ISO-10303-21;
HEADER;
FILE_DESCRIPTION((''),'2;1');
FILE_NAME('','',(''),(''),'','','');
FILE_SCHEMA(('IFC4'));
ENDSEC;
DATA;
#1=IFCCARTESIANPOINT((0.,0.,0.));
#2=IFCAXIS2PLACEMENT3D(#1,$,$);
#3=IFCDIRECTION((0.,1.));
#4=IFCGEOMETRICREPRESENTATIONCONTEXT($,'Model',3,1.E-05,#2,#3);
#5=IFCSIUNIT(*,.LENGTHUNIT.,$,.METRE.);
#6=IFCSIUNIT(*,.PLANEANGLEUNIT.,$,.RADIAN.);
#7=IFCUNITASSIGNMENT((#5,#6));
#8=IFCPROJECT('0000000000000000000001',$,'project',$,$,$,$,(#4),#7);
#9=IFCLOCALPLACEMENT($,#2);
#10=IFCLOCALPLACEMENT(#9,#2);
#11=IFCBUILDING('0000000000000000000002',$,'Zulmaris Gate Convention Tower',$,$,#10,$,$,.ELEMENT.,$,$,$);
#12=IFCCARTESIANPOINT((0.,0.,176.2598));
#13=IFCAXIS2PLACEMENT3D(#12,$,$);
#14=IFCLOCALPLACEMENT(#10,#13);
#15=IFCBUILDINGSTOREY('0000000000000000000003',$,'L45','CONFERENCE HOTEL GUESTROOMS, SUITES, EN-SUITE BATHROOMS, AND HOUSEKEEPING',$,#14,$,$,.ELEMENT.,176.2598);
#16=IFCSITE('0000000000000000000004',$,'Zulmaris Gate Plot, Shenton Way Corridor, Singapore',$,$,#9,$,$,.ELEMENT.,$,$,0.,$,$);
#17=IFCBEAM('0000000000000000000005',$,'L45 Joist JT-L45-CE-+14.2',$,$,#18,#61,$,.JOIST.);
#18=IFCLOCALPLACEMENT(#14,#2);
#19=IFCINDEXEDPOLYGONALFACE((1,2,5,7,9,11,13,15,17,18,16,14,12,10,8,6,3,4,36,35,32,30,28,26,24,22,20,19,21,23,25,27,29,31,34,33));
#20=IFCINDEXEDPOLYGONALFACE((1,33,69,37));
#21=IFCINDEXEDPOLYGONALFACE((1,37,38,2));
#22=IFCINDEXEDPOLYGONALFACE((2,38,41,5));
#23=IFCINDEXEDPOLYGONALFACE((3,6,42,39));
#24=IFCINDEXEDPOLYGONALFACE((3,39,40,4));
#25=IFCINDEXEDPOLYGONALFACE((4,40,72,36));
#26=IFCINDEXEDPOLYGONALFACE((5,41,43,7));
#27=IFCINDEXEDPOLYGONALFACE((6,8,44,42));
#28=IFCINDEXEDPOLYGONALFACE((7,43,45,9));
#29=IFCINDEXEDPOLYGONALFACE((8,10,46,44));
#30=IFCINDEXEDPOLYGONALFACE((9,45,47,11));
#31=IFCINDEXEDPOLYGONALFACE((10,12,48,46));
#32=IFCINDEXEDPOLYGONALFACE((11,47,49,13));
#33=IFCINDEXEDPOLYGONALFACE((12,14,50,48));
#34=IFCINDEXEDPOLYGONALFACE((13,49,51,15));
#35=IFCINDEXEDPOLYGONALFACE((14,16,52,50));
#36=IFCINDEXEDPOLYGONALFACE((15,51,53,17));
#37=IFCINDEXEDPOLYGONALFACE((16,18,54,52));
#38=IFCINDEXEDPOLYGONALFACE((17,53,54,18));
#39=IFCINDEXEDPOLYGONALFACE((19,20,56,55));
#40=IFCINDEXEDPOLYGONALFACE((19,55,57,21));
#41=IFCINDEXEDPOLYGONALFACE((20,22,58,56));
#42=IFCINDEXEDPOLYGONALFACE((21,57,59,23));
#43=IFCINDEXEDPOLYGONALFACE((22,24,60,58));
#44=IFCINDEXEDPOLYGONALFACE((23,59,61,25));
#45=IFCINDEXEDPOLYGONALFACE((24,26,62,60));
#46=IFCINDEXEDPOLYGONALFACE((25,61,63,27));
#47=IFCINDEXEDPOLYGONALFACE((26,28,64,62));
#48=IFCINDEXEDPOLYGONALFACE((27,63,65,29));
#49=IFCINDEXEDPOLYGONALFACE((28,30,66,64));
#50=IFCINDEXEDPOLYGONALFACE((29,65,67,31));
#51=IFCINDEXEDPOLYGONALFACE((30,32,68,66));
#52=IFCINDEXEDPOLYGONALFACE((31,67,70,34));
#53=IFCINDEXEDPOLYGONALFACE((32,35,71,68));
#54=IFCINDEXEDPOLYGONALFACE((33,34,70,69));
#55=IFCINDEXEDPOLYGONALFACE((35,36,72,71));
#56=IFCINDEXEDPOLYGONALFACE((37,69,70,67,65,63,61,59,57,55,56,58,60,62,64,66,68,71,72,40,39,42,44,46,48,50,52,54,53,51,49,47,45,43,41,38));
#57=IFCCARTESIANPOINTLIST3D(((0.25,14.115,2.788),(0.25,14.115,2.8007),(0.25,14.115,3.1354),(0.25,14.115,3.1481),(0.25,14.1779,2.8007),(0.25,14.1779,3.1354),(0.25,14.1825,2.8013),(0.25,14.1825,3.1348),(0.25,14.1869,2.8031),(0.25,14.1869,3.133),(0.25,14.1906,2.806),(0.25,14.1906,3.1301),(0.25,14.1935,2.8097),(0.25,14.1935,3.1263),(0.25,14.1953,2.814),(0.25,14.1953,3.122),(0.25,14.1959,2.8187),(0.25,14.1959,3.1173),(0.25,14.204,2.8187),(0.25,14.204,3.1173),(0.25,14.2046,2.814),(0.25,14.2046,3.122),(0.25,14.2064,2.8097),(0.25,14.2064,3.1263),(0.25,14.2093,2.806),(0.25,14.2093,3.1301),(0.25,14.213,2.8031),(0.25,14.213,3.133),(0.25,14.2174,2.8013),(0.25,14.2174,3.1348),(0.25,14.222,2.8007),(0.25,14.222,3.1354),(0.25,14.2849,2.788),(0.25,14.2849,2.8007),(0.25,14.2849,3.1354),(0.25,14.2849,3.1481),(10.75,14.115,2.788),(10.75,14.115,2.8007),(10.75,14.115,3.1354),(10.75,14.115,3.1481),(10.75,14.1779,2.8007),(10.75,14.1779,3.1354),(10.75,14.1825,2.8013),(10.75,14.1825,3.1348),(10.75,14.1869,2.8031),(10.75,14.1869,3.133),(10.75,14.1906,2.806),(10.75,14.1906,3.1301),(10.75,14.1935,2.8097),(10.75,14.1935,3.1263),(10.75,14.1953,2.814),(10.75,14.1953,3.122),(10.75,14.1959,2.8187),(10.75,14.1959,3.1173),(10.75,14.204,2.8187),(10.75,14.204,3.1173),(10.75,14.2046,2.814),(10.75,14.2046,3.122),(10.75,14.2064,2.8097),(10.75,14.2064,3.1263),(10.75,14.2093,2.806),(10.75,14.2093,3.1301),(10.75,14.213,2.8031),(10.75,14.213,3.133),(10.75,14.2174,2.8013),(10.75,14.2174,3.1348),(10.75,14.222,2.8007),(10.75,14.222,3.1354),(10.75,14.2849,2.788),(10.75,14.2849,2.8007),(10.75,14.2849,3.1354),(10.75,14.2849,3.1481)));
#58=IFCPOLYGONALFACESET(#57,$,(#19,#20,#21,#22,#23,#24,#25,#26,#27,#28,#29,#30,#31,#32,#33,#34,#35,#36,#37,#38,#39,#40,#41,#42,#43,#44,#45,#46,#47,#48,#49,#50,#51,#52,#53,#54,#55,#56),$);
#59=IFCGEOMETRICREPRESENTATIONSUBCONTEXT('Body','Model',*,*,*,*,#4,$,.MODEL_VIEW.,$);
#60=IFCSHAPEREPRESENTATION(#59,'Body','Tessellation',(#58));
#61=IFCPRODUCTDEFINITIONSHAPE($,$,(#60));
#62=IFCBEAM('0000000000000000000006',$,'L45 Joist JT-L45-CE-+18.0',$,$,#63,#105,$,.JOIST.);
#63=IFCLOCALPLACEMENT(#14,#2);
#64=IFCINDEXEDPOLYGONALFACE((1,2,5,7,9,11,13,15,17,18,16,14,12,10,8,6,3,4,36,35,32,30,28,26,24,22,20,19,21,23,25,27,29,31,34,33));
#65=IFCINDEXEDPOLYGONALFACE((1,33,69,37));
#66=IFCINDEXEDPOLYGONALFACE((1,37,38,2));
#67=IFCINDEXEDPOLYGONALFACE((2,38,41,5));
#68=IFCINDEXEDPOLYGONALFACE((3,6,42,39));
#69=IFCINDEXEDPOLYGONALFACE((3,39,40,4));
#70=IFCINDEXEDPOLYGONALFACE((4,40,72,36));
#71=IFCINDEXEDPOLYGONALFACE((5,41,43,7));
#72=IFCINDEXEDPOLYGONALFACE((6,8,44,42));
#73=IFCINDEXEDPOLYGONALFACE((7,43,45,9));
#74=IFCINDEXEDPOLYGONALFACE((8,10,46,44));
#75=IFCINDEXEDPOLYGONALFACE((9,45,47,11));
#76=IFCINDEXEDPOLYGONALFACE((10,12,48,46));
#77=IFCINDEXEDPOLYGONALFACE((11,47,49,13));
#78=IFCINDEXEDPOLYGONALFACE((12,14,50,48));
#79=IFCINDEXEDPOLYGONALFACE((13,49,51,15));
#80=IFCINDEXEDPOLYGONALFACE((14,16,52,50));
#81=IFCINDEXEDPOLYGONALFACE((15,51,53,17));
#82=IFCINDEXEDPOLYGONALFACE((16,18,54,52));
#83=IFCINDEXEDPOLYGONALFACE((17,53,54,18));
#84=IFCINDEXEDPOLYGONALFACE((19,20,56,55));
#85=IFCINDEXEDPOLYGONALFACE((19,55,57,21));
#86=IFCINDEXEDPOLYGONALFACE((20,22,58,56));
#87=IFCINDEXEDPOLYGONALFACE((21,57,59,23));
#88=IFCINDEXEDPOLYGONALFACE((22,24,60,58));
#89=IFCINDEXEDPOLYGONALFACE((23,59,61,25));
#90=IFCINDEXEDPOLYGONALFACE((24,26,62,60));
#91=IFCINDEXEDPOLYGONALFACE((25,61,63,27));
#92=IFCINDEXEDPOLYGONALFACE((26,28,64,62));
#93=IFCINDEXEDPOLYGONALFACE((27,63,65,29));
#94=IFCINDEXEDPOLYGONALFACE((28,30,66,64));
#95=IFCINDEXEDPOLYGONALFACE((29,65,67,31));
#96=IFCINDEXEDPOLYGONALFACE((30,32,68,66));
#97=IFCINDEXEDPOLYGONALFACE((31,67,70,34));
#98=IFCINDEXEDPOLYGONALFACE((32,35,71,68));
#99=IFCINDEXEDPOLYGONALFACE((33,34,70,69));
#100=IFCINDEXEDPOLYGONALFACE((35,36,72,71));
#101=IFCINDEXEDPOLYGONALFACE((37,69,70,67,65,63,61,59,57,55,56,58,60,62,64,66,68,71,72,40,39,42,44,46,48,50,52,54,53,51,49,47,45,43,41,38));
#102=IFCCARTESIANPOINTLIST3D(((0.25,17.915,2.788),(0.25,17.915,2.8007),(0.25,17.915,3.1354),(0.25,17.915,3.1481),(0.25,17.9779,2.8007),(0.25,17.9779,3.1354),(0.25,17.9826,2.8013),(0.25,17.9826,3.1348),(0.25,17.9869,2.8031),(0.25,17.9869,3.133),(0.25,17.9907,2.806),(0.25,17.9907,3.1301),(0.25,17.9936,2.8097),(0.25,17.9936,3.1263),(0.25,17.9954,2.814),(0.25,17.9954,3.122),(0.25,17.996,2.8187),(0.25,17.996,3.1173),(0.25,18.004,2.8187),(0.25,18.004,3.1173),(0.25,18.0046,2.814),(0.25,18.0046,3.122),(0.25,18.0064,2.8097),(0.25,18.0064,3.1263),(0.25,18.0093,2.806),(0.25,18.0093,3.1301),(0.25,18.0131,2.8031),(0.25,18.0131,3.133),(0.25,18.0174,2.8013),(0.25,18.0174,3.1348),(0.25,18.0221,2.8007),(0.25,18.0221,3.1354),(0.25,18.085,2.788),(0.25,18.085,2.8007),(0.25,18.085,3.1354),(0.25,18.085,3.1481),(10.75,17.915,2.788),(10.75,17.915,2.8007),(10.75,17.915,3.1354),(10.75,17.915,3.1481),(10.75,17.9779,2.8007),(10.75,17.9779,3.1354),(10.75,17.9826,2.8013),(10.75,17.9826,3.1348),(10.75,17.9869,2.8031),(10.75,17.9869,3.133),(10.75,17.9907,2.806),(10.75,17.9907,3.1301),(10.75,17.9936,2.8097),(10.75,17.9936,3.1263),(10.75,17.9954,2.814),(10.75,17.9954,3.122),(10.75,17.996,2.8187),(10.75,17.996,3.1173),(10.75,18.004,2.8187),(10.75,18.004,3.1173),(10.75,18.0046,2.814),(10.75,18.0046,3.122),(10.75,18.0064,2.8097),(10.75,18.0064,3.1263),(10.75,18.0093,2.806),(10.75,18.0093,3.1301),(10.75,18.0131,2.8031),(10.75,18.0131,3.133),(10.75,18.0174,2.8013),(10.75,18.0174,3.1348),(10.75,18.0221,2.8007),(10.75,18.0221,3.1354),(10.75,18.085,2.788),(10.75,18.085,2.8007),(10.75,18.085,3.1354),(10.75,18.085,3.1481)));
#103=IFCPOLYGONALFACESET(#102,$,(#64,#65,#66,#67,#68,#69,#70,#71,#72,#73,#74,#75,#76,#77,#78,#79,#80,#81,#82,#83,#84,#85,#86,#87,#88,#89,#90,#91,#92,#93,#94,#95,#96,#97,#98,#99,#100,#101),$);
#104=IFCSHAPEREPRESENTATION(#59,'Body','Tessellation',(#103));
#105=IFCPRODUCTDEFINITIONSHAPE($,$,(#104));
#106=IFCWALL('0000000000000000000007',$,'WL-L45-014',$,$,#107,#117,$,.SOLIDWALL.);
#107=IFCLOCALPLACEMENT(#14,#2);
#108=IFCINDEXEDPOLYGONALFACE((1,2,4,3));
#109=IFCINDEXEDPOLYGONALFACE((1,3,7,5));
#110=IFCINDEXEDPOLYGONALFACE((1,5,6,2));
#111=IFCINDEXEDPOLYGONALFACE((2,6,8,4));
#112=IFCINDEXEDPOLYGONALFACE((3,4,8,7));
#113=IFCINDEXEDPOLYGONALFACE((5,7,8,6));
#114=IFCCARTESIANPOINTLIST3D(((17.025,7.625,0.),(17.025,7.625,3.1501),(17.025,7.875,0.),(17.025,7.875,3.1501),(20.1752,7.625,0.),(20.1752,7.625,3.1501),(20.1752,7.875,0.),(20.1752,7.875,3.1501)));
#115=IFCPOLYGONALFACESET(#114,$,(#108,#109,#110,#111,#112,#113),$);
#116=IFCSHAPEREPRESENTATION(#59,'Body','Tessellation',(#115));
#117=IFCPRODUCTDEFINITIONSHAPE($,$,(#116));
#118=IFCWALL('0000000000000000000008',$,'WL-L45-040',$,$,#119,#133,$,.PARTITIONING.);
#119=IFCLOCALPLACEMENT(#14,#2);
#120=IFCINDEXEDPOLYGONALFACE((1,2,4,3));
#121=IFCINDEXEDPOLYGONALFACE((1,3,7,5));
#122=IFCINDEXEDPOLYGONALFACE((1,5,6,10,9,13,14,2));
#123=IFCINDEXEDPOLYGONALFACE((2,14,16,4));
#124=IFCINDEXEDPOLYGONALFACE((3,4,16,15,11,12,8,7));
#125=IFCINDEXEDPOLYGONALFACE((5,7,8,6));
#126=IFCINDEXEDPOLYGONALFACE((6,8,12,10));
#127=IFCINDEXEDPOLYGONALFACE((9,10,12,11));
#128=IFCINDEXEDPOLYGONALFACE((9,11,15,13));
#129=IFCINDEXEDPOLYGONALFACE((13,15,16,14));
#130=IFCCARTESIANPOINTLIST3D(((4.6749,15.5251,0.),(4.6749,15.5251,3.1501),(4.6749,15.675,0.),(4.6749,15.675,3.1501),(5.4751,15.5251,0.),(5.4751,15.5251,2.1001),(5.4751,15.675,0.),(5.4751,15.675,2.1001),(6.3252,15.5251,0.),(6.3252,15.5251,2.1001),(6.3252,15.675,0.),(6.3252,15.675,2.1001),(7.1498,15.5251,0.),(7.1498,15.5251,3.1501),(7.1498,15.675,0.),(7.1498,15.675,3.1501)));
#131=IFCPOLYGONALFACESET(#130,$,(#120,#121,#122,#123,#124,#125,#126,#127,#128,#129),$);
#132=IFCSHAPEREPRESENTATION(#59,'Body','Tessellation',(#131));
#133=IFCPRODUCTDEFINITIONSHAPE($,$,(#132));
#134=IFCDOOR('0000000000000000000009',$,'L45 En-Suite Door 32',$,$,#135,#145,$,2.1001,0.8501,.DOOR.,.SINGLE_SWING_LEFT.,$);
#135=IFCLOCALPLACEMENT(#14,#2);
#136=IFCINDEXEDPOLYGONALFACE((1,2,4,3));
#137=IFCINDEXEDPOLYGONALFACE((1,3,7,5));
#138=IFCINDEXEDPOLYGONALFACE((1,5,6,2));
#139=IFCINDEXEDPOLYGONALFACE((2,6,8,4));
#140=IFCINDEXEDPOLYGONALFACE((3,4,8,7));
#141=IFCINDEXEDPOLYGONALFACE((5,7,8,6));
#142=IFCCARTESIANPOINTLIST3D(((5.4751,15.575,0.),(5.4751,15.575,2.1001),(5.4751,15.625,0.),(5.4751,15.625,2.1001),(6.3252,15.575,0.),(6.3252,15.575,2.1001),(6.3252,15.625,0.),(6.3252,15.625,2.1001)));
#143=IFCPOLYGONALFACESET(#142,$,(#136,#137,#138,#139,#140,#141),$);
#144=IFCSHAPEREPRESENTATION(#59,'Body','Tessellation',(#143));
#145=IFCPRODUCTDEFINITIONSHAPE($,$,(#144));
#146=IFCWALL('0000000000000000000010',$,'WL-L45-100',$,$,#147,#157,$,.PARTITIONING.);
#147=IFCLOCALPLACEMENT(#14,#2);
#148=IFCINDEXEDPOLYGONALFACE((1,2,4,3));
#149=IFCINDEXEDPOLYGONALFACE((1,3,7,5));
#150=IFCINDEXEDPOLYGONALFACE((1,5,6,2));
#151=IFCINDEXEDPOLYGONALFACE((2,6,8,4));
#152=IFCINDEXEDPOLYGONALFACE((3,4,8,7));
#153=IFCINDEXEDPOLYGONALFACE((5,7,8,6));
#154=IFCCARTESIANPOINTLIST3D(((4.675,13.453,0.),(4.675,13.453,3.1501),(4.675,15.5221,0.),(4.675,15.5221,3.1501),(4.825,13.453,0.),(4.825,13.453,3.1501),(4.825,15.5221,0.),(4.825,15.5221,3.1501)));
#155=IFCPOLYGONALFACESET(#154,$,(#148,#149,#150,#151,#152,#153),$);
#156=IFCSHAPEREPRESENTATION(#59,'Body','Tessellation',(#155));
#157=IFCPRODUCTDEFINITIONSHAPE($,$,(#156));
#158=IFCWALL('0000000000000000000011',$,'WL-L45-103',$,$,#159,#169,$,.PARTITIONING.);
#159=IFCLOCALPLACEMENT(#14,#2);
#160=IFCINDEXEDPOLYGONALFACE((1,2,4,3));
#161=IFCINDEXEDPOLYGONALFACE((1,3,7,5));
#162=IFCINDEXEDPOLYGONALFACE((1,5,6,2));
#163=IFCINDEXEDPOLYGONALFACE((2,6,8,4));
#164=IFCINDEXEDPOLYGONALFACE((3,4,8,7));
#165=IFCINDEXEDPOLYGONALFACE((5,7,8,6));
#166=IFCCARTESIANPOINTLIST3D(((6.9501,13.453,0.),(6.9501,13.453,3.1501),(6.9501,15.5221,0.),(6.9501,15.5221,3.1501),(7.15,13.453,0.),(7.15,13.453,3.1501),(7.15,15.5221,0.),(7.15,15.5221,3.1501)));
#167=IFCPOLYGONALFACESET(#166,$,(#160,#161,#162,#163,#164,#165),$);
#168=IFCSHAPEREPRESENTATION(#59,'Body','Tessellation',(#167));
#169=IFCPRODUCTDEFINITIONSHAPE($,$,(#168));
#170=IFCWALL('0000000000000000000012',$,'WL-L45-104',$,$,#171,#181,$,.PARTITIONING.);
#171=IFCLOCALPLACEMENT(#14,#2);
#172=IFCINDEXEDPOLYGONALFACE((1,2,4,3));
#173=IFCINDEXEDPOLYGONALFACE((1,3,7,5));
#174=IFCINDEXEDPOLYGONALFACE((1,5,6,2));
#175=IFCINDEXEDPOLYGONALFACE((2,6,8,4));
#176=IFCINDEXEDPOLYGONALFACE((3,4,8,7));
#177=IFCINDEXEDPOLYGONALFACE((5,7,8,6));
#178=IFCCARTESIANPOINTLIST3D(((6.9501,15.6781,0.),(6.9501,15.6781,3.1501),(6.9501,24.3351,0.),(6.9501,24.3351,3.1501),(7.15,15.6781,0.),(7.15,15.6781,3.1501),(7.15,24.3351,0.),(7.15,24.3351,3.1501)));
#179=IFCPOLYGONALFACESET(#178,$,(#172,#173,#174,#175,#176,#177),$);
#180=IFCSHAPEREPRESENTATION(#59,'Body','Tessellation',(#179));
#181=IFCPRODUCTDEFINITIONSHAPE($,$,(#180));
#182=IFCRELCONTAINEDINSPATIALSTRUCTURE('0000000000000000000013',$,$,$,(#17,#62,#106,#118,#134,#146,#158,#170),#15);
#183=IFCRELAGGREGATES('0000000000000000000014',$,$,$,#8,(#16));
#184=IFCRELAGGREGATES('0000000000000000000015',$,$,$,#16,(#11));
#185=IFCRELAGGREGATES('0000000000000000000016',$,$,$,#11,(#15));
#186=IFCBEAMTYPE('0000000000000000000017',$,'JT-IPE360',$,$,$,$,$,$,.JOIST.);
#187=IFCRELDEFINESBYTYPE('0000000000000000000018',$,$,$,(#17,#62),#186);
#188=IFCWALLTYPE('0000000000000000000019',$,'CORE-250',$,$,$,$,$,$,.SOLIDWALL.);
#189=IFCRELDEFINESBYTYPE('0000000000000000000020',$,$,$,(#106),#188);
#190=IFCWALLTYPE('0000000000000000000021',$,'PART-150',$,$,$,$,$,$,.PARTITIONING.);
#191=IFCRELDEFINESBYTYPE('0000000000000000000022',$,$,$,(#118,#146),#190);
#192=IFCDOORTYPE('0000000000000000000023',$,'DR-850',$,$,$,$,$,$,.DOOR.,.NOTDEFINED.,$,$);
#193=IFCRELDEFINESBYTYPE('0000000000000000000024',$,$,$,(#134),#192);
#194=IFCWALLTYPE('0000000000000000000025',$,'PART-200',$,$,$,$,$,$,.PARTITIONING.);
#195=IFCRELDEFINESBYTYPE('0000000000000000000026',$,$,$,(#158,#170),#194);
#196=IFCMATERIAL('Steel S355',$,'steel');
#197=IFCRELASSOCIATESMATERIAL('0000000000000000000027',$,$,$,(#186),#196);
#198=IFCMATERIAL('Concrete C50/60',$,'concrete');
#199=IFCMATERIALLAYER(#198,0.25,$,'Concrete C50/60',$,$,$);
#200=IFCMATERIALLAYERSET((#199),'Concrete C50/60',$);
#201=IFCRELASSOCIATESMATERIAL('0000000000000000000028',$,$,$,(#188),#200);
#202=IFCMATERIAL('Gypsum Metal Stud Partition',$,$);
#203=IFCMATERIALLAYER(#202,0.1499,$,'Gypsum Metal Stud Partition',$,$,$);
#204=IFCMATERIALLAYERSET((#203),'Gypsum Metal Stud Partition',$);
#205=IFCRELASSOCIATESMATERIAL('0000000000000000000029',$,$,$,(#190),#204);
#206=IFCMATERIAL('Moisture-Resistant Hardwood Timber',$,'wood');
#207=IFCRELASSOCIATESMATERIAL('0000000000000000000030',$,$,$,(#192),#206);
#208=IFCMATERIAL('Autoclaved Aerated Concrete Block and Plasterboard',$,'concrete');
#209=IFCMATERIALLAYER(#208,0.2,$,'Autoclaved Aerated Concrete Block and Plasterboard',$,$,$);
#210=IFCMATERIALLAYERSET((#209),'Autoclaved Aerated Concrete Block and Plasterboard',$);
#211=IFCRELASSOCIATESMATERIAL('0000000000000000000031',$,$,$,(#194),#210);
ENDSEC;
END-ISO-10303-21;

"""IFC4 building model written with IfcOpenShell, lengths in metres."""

from ifc_helpers import new_model, si_unit, direction, frame, frame_2d, origin, origin_2d, place, context, subcontext, project, spatial, rectangle, i_section, extrude, material, layer, layer_set, material_profile, profile_set, type_object, element, fill, save


model = new_model("IFC4")

# Units and contexts
model_context = context("Model", 3, precision=1e-05, world=origin(), true_north=direction((0.0, 1.0)))
body_context = subcontext(model_context, "Body", "Model", "MODEL_VIEW")
ifc_project = project(units=[si_unit("LENGTHUNIT", "METRE"), si_unit("PLANEANGLEUNIT", "RADIAN")], contexts=[model_context])

# Site, building, storey
site_placement = place(None, origin())
site = spatial("IfcSite", under=ifc_project, at=site_placement, Name="Zulmaris Gate Plot, Shenton Way Corridor, Singapore", CompositionType="ELEMENT", RefElevation=0.0)
building_placement = place(site_placement, origin())
building = spatial("IfcBuilding", under=site, at=building_placement, Name="Zulmaris Gate Convention Tower", CompositionType="ELEMENT")
storey_placement = place(building_placement, frame((0.0, 0.0, 176.2598)))
storey = spatial("IfcBuildingStorey", under=building, at=storey_placement, Name="L45", Description="CONFERENCE HOTEL GUESTROOMS, SUITES, EN-SUITE BATHROOMS, AND HOUSEKEEPING", CompositionType="ELEMENT", Elevation=176.2598)

# Beams
ifc_material_1 = material(Name="Steel S355", Category="steel")
ifc_material_2 = material(Name="Concrete C50/60", Category="concrete")
ifc_material_profile_1 = material_profile(ifc_material_1, i_section(OverallWidth=0.1699, OverallDepth=0.3601, WebThickness=0.0081, FlangeThickness=0.0127, FilletRadius=0.0181, at=origin_2d()), Name="IPE 360")
ifc_profile_set_1 = profile_set([ifc_material_profile_1], Name="Steel S355")
beam_type_1 = type_object("IfcBeamType", Name="JT-IPE360", PredefinedType="JOIST", material=ifc_profile_set_1)
for number, where, z_axis, x_axis, name in (
    (1, (0.25, 14.2, 2.968), (1.0, 0.0, 0.0), (0.0, 1.0, 0.0), "L45 Joist JT-L45-CE-+14.2"),
    (2, (0.25, 18.0, 2.968), (1.0, 0.0, 0.0), (0.0, 1.0, 0.0), "L45 Joist JT-L45-CE-+18.0"),
):
    element("IfcBeam", number, at=place(storey_placement, frame(where, z_axis=z_axis, x_axis=x_axis)), inside=storey, type_object=beam_type_1, Name=name, PredefinedType="JOIST", context=body_context, shape_type="SweptSolid", body=[
        extrude(i_section(OverallWidth=0.1699, OverallDepth=0.3601, WebThickness=0.0081, FlangeThickness=0.0127, FilletRadius=0.0181, at=origin_2d()), origin(), (0.0, 0.0, 1.0), 10.5),
    ])

# Wall
ifc_layer_1 = layer(ifc_material_2, 0.25, Name="Concrete C50/60")
ifc_layer_set_1 = layer_set([ifc_layer_1], Name="Concrete C50/60")
wall_type_1 = type_object("IfcWallType", Name="CORE-250", PredefinedType="SOLIDWALL", material=ifc_layer_set_1)
wall_1_placement = place(storey_placement, frame((17.0249, 7.75, 0.0), z_axis=(0.0, 0.0, 1.0), x_axis=(1.0, 0.0, 0.0)))
element("IfcWall", 3, at=wall_1_placement, inside=storey, type_object=wall_type_1, Name="WL-L45-014", PredefinedType="SOLIDWALL", context=body_context, shape_type="SweptSolid", body=[
    extrude(rectangle(XDim=3.1501, YDim=0.25, at=frame_2d((1.5752, 0.0))), origin(), (0.0, 0.0, 1.0), 3.1501),
])

# Wall, opening, door
ifc_material_3 = material(Name="Gypsum Metal Stud Partition")
ifc_layer_2 = layer(ifc_material_3, 0.1499, Name="Gypsum Metal Stud Partition")
ifc_layer_set_2 = layer_set([ifc_layer_2], Name="Gypsum Metal Stud Partition")
wall_type_2 = type_object("IfcWallType", Name="PART-150", PredefinedType="PARTITIONING", material=ifc_layer_set_2)
wall_2_placement = place(storey_placement, frame((4.675, 15.6001, 0.0), z_axis=(0.0, 0.0, 1.0), x_axis=(1.0, 0.0, 0.0)))
wall_2 = element("IfcWall", 4, at=wall_2_placement, inside=storey, type_object=wall_type_2, Name="WL-L45-040", PredefinedType="PARTITIONING", context=body_context, shape_type="SweptSolid", body=[
    extrude(rectangle(XDim=2.4749, YDim=0.1499, at=frame_2d((1.2373, 0.0))), origin(), (0.0, 0.0, 1.0), 3.1501),
])
opening_1_placement = place(wall_2_placement, frame((0.8, 0.0, 0.0)))
opening_1 = element("IfcOpeningElement", 5, at=opening_1_placement, cuts=wall_2, PredefinedType="OPENING", context=body_context, shape_type="SweptSolid", body=[
    extrude(rectangle(XDim=0.8501, YDim=2.1001, at=frame_2d((0.425, 1.05))), frame((0.0, 0.085, 0.0), z_axis=(0.0, -1.0, 0.0), x_axis=(1.0, 0.0, 0.0)), (0.0, 0.0, 1.0), 0.1699),
])
ifc_material_4 = material(Name="Moisture-Resistant Hardwood Timber", Category="wood")
door_type_1 = type_object("IfcDoorType", Name="DR-850", OperationType="NOTDEFINED", PredefinedType="DOOR", material=ifc_material_4)
door_1_placement = place(opening_1_placement, origin())
door_1 = element("IfcDoor", 6, at=door_1_placement, inside=storey, type_object=door_type_1, Name="L45 En-Suite Door 32", OperationType="SINGLE_SWING_LEFT", OverallHeight=2.1001, OverallWidth=0.8501, PredefinedType="DOOR", context=body_context, shape_type="SweptSolid", body=[
    extrude(rectangle(XDim=0.8501, YDim=2.1001, at=frame_2d((0.425, 1.05))), frame((0.0, 0.0249, 0.0), z_axis=(0.0, -1.0, 0.0), x_axis=(1.0, 0.0, 0.0)), (0.0, 0.0, 1.0), 0.05),
])
fill(opening_1, door_1)

# Walls
wall_3_placement = place(storey_placement, frame((4.75, 13.4529, 0.0), z_axis=(0.0, 0.0, 1.0), x_axis=(0.0, 1.0, 0.0)))
element("IfcWall", 7, at=wall_3_placement, inside=storey, type_object=wall_type_2, Name="WL-L45-100", PredefinedType="PARTITIONING", context=body_context, shape_type="SweptSolid", body=[
    extrude(rectangle(XDim=2.0691, YDim=0.1499, at=frame_2d((1.0347, 0.0))), origin(), (0.0, 0.0, 1.0), 3.1501),
])
ifc_material_5 = material(Name="Autoclaved Aerated Concrete Block and Plasterboard", Category="concrete")
ifc_layer_3 = layer(ifc_material_5, 0.2, Name="Autoclaved Aerated Concrete Block and Plasterboard")
ifc_layer_set_3 = layer_set([ifc_layer_3], Name="Autoclaved Aerated Concrete Block and Plasterboard")
wall_type_3 = type_object("IfcWallType", Name="PART-200", PredefinedType="PARTITIONING", material=ifc_layer_set_3)
wall_4_placement = place(storey_placement, frame((7.05, 13.4529, 0.0), z_axis=(0.0, 0.0, 1.0), x_axis=(0.0, 1.0, 0.0)))
element("IfcWall", 8, at=wall_4_placement, inside=storey, type_object=wall_type_3, Name="WL-L45-103", PredefinedType="PARTITIONING", context=body_context, shape_type="SweptSolid", body=[
    extrude(rectangle(XDim=2.0691, YDim=0.2, at=frame_2d((1.0347, 0.0))), origin(), (0.0, 0.0, 1.0), 3.1501),
])
wall_5_placement = place(storey_placement, frame((7.05, 15.678, 0.0), z_axis=(0.0, 0.0, 1.0), x_axis=(0.0, 1.0, 0.0)))
element("IfcWall", 9, at=wall_5_placement, inside=storey, type_object=wall_type_3, Name="WL-L45-104", PredefinedType="PARTITIONING", context=body_context, shape_type="SweptSolid", body=[
    extrude(rectangle(XDim=8.657, YDim=0.2, at=frame_2d((4.3286, 0.0))), origin(), (0.0, 0.0, 1.0), 3.1501),
])

save(model, "model.ifc")
